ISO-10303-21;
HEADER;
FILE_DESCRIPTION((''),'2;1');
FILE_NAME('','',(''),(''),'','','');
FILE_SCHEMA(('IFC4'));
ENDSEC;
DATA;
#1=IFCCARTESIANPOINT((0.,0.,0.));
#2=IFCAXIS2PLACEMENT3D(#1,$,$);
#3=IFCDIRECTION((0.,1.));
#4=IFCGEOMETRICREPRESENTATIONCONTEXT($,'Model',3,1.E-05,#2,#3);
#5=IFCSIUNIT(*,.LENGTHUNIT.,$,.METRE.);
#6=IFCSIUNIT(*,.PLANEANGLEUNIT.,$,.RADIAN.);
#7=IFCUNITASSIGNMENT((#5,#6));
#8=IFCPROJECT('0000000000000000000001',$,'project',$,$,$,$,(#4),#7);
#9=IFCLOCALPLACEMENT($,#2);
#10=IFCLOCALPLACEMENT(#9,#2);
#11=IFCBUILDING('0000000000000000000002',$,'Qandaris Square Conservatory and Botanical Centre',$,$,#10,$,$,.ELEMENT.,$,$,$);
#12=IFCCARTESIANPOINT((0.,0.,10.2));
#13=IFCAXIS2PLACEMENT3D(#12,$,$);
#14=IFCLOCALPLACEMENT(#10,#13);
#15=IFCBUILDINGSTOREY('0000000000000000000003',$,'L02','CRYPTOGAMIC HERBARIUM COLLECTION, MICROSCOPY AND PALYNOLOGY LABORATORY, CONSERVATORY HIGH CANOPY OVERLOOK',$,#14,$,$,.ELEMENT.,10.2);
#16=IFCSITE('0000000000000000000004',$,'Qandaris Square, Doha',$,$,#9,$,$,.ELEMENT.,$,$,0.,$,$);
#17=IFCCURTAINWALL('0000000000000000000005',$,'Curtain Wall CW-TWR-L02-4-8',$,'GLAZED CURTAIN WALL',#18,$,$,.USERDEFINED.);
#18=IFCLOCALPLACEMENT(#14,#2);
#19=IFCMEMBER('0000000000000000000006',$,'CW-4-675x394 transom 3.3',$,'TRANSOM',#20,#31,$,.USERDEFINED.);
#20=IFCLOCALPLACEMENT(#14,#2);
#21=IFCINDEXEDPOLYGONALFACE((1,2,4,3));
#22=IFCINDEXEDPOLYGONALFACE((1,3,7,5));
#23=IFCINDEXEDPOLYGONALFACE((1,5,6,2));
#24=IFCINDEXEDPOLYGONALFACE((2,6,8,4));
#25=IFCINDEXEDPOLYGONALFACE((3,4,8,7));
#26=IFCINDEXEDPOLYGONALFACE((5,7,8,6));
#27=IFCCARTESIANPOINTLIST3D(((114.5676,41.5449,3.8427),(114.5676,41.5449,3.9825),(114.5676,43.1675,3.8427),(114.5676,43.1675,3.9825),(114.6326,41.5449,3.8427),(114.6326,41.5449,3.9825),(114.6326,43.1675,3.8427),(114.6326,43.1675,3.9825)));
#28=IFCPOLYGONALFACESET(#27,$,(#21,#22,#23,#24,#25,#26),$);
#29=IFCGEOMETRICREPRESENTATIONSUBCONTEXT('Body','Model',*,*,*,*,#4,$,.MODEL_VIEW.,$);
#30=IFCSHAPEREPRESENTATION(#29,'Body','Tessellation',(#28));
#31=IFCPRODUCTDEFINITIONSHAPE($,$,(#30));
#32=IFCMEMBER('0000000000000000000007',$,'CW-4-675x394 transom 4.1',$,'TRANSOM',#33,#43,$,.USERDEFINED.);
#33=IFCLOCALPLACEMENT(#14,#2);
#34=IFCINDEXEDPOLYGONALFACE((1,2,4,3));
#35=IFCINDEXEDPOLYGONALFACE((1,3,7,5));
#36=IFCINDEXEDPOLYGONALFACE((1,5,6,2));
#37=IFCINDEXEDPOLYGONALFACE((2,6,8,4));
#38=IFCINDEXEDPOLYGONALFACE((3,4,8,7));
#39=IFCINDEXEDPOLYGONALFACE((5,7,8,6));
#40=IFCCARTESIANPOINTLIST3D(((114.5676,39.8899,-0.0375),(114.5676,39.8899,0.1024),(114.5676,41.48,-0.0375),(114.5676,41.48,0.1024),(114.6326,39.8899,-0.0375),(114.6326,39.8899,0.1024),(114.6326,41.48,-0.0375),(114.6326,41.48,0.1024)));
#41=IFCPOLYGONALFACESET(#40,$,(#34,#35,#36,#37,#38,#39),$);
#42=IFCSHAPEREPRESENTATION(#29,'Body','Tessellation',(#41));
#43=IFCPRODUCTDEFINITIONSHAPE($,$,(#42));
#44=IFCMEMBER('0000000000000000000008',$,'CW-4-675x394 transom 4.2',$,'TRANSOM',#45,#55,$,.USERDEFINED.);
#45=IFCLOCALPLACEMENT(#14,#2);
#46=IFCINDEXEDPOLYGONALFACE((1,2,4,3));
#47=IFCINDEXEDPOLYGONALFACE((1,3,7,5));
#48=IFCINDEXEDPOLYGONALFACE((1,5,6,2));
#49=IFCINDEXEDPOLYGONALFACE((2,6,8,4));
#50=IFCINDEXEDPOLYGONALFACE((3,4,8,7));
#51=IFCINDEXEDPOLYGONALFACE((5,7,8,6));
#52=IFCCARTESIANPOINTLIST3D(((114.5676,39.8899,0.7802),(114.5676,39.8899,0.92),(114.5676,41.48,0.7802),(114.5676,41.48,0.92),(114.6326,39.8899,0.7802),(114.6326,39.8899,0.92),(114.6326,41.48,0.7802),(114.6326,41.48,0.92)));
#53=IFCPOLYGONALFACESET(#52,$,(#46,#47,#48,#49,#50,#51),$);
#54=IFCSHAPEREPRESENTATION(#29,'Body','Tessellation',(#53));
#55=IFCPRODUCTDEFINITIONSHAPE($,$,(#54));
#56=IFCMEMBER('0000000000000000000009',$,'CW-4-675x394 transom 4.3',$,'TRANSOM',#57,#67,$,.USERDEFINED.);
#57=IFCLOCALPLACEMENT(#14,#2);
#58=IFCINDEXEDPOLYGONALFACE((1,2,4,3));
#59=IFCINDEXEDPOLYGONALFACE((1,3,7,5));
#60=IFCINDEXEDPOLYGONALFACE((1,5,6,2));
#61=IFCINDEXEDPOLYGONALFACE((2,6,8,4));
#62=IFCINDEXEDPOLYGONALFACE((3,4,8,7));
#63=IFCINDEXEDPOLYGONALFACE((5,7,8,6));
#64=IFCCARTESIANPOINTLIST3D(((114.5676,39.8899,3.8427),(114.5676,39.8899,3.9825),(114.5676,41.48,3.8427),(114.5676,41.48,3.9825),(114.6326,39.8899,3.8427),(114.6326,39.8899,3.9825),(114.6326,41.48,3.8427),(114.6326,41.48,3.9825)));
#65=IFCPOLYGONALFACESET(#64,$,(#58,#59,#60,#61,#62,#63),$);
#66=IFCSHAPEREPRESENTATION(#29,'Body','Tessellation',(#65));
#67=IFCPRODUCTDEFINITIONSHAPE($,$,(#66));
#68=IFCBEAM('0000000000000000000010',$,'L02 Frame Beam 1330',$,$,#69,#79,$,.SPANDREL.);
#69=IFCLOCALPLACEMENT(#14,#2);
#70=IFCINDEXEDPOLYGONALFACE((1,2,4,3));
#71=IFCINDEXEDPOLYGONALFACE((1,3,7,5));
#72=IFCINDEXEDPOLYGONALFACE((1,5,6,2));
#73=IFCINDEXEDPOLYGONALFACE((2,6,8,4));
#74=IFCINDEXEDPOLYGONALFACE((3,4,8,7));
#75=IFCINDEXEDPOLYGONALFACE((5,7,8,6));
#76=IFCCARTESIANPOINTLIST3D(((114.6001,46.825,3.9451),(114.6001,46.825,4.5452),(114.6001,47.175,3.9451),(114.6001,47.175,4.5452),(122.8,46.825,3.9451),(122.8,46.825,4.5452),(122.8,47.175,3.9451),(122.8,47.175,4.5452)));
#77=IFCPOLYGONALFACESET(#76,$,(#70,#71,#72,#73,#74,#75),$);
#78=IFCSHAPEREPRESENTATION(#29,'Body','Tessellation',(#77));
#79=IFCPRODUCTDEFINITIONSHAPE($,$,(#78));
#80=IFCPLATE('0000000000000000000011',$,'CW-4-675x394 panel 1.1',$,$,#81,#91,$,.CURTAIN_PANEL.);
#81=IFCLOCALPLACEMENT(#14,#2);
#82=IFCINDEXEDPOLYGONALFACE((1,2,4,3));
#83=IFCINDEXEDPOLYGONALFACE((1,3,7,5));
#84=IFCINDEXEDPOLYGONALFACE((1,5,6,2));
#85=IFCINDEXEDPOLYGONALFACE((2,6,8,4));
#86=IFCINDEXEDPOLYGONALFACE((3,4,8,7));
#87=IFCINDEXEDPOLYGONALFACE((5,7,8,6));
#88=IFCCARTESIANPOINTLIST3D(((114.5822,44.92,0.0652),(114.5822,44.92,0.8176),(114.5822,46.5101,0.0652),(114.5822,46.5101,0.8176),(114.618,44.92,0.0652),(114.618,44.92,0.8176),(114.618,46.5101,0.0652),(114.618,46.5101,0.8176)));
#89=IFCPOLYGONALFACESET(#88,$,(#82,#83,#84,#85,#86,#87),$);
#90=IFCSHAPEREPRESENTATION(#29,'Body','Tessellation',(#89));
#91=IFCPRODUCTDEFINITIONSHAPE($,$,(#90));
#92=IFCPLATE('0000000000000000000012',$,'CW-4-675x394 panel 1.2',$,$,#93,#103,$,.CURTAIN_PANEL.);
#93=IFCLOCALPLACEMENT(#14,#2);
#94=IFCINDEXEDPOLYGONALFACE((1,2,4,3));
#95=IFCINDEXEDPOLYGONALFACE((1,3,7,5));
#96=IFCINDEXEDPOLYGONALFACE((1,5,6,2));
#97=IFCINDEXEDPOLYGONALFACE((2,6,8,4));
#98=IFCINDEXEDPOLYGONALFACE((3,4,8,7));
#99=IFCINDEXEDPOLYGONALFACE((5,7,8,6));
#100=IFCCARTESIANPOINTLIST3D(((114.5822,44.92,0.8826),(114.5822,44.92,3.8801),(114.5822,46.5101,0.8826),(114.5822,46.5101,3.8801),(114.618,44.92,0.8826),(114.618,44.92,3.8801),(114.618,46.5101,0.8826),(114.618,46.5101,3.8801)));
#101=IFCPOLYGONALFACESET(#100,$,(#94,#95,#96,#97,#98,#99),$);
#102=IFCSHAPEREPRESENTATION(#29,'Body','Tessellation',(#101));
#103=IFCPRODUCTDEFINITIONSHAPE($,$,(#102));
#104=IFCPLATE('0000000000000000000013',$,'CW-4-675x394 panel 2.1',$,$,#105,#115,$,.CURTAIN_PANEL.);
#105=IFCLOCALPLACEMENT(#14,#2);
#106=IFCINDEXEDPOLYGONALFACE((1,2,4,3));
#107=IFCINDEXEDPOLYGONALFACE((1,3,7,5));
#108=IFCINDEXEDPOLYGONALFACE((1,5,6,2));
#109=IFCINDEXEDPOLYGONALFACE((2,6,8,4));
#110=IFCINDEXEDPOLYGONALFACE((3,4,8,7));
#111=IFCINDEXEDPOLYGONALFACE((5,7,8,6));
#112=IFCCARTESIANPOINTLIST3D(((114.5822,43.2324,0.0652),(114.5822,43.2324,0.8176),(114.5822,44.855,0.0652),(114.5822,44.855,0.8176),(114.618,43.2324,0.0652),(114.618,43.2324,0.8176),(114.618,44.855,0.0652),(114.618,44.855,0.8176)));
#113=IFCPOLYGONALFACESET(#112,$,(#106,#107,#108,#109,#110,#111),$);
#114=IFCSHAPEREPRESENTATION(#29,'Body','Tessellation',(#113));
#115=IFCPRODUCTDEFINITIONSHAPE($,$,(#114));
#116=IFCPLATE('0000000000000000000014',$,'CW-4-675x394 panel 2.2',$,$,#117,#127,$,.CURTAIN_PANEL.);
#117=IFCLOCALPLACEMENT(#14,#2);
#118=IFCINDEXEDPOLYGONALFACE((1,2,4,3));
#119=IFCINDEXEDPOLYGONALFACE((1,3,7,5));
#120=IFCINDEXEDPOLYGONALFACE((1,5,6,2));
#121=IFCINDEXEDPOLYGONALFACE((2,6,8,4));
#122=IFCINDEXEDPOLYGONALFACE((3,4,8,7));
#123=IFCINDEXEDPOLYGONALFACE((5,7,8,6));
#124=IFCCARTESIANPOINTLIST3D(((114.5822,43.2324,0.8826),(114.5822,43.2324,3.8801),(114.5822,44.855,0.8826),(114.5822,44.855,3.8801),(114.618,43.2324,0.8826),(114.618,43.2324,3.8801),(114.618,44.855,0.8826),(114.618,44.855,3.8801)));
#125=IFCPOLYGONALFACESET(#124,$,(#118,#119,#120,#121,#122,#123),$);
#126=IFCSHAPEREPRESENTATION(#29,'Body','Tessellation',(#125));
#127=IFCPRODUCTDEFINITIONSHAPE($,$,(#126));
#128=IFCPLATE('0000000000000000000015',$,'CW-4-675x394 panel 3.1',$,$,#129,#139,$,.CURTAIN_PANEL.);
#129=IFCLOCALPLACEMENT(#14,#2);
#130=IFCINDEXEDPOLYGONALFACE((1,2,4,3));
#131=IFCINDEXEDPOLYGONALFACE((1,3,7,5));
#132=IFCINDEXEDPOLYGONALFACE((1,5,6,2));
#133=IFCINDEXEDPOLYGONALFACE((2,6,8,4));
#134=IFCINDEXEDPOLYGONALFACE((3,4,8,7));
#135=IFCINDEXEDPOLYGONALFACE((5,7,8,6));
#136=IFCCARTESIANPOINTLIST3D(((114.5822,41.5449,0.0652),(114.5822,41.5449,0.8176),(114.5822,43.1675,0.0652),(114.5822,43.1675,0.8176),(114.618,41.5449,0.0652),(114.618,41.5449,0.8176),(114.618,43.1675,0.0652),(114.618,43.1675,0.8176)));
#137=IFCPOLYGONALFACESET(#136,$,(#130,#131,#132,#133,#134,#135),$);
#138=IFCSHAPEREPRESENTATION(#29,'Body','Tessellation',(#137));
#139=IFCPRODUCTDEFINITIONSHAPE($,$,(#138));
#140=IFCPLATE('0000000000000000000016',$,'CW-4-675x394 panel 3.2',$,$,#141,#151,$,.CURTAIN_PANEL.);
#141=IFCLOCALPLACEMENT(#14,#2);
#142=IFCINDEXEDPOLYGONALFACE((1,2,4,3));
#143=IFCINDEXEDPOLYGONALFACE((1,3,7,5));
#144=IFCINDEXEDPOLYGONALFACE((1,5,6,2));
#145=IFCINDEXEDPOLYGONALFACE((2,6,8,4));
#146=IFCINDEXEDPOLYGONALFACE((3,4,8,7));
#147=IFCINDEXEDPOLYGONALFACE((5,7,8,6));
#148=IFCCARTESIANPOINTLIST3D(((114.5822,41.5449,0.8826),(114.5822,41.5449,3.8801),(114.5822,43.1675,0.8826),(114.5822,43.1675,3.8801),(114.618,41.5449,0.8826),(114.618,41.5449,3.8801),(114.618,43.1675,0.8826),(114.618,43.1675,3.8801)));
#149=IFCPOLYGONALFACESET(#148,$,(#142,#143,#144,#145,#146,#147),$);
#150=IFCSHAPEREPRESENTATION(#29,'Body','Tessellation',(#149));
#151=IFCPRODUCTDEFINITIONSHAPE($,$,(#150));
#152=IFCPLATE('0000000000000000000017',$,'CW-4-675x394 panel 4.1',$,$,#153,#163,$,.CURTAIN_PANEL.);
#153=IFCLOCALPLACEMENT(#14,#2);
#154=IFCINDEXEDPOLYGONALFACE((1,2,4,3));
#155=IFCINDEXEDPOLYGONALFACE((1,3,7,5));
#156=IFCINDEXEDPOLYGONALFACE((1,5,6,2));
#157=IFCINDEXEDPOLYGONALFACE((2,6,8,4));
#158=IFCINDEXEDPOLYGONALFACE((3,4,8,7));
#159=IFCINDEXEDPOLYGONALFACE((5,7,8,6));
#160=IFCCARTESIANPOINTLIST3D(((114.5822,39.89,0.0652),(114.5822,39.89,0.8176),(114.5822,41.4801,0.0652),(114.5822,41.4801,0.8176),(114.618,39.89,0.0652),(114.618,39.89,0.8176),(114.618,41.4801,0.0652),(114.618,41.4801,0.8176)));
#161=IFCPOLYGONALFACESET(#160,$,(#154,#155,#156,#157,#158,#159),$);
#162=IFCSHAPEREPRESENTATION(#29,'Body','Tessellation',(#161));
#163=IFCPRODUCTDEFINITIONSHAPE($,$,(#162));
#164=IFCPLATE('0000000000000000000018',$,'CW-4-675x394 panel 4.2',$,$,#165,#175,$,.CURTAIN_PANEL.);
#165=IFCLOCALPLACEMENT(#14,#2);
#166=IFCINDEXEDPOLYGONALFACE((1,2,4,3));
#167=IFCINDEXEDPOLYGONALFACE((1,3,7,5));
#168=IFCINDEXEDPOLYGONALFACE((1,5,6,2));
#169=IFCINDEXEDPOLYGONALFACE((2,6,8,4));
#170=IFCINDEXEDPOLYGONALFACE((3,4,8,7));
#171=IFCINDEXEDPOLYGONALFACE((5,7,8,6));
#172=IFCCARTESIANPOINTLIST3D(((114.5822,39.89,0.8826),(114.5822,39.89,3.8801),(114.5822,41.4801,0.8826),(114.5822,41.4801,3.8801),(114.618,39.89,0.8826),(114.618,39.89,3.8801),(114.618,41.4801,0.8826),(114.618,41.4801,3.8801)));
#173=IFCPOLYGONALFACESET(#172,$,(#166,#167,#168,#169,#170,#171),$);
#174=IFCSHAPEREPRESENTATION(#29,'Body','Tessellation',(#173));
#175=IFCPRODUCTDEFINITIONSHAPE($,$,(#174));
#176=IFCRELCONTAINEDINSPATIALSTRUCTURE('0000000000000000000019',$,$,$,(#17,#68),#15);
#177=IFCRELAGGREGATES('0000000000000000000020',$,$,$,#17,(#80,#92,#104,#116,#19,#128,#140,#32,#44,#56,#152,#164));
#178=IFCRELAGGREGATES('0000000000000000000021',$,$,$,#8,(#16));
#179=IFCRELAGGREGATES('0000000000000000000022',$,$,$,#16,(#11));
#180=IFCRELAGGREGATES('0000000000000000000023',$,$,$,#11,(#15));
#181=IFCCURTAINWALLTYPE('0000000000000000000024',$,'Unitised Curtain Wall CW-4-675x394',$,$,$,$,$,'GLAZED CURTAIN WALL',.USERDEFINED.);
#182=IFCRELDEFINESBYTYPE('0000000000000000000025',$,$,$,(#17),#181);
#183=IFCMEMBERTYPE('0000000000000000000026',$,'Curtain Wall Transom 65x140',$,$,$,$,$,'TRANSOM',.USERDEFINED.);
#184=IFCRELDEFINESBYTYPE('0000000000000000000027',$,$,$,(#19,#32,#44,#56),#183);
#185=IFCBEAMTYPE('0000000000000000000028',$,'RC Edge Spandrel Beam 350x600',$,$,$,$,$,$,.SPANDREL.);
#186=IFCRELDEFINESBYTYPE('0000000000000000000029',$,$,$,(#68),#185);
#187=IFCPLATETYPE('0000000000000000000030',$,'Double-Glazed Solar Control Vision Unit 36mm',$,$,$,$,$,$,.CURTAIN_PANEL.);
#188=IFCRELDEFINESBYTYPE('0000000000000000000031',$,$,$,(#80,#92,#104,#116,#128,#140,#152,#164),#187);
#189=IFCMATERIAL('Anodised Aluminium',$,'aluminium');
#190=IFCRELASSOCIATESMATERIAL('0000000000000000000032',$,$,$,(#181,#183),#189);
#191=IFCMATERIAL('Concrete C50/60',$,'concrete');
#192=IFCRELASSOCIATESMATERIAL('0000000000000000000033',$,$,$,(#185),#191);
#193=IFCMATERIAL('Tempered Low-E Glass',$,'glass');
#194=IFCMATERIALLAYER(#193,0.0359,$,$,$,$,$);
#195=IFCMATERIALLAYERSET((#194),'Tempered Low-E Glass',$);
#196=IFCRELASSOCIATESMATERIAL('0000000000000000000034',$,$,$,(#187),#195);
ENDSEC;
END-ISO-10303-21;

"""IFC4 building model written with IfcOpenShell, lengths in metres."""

from ifc_helpers import new_model, si_unit, direction, frame, origin, origin_2d, place, context, subcontext, project, spatial, rectangle, extrude, material, layer, layer_set, material_profile, profile_set, type_object, element, aggregate, save


model = new_model("IFC4")

# Units and contexts
model_context = context("Model", 3, precision=1e-05, world=origin(), true_north=direction((0.0, 1.0)))
body_context = subcontext(model_context, "Body", "Model", "MODEL_VIEW")
ifc_project = project(units=[si_unit("LENGTHUNIT", "METRE"), si_unit("PLANEANGLEUNIT", "RADIAN")], contexts=[model_context])

# Site, building, storey
site_placement = place(None, origin())
site = spatial("IfcSite", under=ifc_project, at=site_placement, Name="Qandaris Square, Doha", CompositionType="ELEMENT", RefElevation=0.0)
building_placement = place(site_placement, origin())
building = spatial("IfcBuilding", under=site, at=building_placement, Name="Qandaris Square Conservatory and Botanical Centre", CompositionType="ELEMENT")
storey_placement = place(building_placement, frame((0.0, 0.0, 10.2)))
storey = spatial("IfcBuildingStorey", under=building, at=storey_placement, Name="L02", Description="CRYPTOGAMIC HERBARIUM COLLECTION, MICROSCOPY AND PALYNOLOGY LABORATORY, CONSERVATORY HIGH CANOPY OVERLOOK", CompositionType="ELEMENT", Elevation=10.2)

# Shared definitions
ifc_material_1 = material(Name="Concrete C50/60", Category="concrete")

# Curtain wall, members
ifc_material_2 = material(Name="Anodised Aluminium", Category="aluminium")
curtain_wall_type = type_object("IfcCurtainWallType", Name="Unitised Curtain Wall CW-4-675x394", ElementType="GLAZED CURTAIN WALL", PredefinedType="USERDEFINED", material=ifc_material_2)
curtain_wall_placement = place(storey_placement, origin())
curtain_wall = element("IfcCurtainWall", 1, at=curtain_wall_placement, inside=storey, type_object=curtain_wall_type, Name="Curtain Wall CW-TWR-L02-4-8", ObjectType="GLAZED CURTAIN WALL", PredefinedType="USERDEFINED")
ifc_material_profile_1 = material_profile(ifc_material_2, rectangle(XDim=0.0649, YDim=0.1399, at=origin_2d()), Name="ALU-TRN 65x140")
ifc_profile_set_1 = profile_set([ifc_material_profile_1], Name="Anodised Aluminium")
member_type_1 = type_object("IfcMemberType", Name="Curtain Wall Transom 65x140", ElementType="TRANSOM", PredefinedType="USERDEFINED", material=ifc_profile_set_1)
member_1_placement = place(storey_placement, frame((114.6001, 43.1675, 3.9126), z_axis=(0.0, -1.0, 0.0), x_axis=(1.0, 0.0, 0.0)))
member_1 = element("IfcMember", 2, at=member_1_placement, type_object=member_type_1, Name="CW-4-675x394 transom 3.3", ObjectType="TRANSOM", PredefinedType="USERDEFINED", context=body_context, shape_type="SweptSolid", body=[
    extrude(rectangle(XDim=0.0649, YDim=0.1399, at=origin_2d()), origin(), (0.0, 0.0, 1.0), 1.6226),
])
member_2_placement = place(storey_placement, frame((114.6001, 41.48, 0.0325), z_axis=(0.0, -1.0, 0.0), x_axis=(1.0, 0.0, 0.0)))
member_2 = element("IfcMember", 3, at=member_2_placement, type_object=member_type_1, Name="CW-4-675x394 transom 4.1", ObjectType="TRANSOM", PredefinedType="USERDEFINED", context=body_context, shape_type="SweptSolid", body=[
    extrude(rectangle(XDim=0.0649, YDim=0.1399, at=origin_2d()), origin(), (0.0, 0.0, 1.0), 1.5901),
])
member_3_placement = place(storey_placement, frame((114.6001, 41.48, 0.8501), z_axis=(0.0, -1.0, 0.0), x_axis=(1.0, 0.0, 0.0)))
member_3 = element("IfcMember", 4, at=member_3_placement, type_object=member_type_1, Name="CW-4-675x394 transom 4.2", ObjectType="TRANSOM", PredefinedType="USERDEFINED", context=body_context, shape_type="SweptSolid", body=[
    extrude(rectangle(XDim=0.0649, YDim=0.1399, at=origin_2d()), origin(), (0.0, 0.0, 1.0), 1.5901),
])
member_4_placement = place(storey_placement, frame((114.6001, 41.48, 3.9126), z_axis=(0.0, -1.0, 0.0), x_axis=(1.0, 0.0, 0.0)))
member_4 = element("IfcMember", 5, at=member_4_placement, type_object=member_type_1, Name="CW-4-675x394 transom 4.3", ObjectType="TRANSOM", PredefinedType="USERDEFINED", context=body_context, shape_type="SweptSolid", body=[
    extrude(rectangle(XDim=0.0649, YDim=0.1399, at=origin_2d()), origin(), (0.0, 0.0, 1.0), 1.5901),
])

# Beam
ifc_material_profile_2 = material_profile(ifc_material_1, rectangle(XDim=0.3501, YDim=0.6001, at=origin_2d()), Name="RC-SP 350x600")
ifc_profile_set_2 = profile_set([ifc_material_profile_2], Name="Concrete C50/60")
beam_type = type_object("IfcBeamType", Name="RC Edge Spandrel Beam 350x600", PredefinedType="SPANDREL", material=ifc_profile_set_2)
beam_placement = place(storey_placement, frame((114.6001, 47.0, 4.2451), z_axis=(1.0, 0.0, 0.0), x_axis=(0.0, 1.0, 0.0)))
element("IfcBeam", 6, at=beam_placement, inside=storey, type_object=beam_type, Name="L02 Frame Beam 1330", PredefinedType="SPANDREL", context=body_context, shape_type="SweptSolid", body=[
    extrude(rectangle(XDim=0.3501, YDim=0.6001, at=origin_2d()), origin(), (0.0, 0.0, 1.0), 8.2),
])

# Plates
ifc_material_3 = material(Name="Tempered Low-E Glass", Category="glass")
ifc_layer = layer(ifc_material_3, 0.0359)
ifc_layer_set = layer_set([ifc_layer], Name="Tempered Low-E Glass")
plate_type = type_object("IfcPlateType", Name="Double-Glazed Solar Control Vision Unit 36mm", PredefinedType="CURTAIN_PANEL", material=ifc_layer_set)
plate_1_placement = place(storey_placement, frame((114.6001, 45.7151, 0.0652), z_axis=(0.0, 0.0, 1.0), x_axis=(0.0, -1.0, 0.0)))
plate_1 = element("IfcPlate", 7, at=plate_1_placement, type_object=plate_type, Name="CW-4-675x394 panel 1.1", PredefinedType="CURTAIN_PANEL", context=body_context, shape_type="SweptSolid", body=[
    extrude(rectangle(XDim=1.5901, YDim=0.0359, at=origin_2d()), origin(), (0.0, 0.0, 1.0), 0.7524),
])
plate_2_placement = place(storey_placement, frame((114.6001, 45.7151, 0.8826), z_axis=(0.0, 0.0, 1.0), x_axis=(0.0, -1.0, 0.0)))
plate_2 = element("IfcPlate", 8, at=plate_2_placement, type_object=plate_type, Name="CW-4-675x394 panel 1.2", PredefinedType="CURTAIN_PANEL", context=body_context, shape_type="SweptSolid", body=[
    extrude(rectangle(XDim=1.5901, YDim=0.0359, at=origin_2d()), origin(), (0.0, 0.0, 1.0), 2.9976),
])
plate_3_placement = place(storey_placement, frame((114.6001, 44.0437, 0.0652), z_axis=(0.0, 0.0, 1.0), x_axis=(0.0, -1.0, 0.0)))
plate_3 = element("IfcPlate", 9, at=plate_3_placement, type_object=plate_type, Name="CW-4-675x394 panel 2.1", PredefinedType="CURTAIN_PANEL", context=body_context, shape_type="SweptSolid", body=[
    extrude(rectangle(XDim=1.6226, YDim=0.0359, at=origin_2d()), origin(), (0.0, 0.0, 1.0), 0.7524),
])
plate_4_placement = place(storey_placement, frame((114.6001, 44.0437, 0.8826), z_axis=(0.0, 0.0, 1.0), x_axis=(0.0, -1.0, 0.0)))
plate_4 = element("IfcPlate", 10, at=plate_4_placement, type_object=plate_type, Name="CW-4-675x394 panel 2.2", PredefinedType="CURTAIN_PANEL", context=body_context, shape_type="SweptSolid", body=[
    extrude(rectangle(XDim=1.6226, YDim=0.0359, at=origin_2d()), origin(), (0.0, 0.0, 1.0), 2.9976),
])
plate_5_placement = place(storey_placement, frame((114.6001, 42.3562, 0.0652), z_axis=(0.0, 0.0, 1.0), x_axis=(0.0, -1.0, 0.0)))
plate_5 = element("IfcPlate", 11, at=plate_5_placement, type_object=plate_type, Name="CW-4-675x394 panel 3.1", PredefinedType="CURTAIN_PANEL", context=body_context, shape_type="SweptSolid", body=[
    extrude(rectangle(XDim=1.6226, YDim=0.0359, at=origin_2d()), origin(), (0.0, 0.0, 1.0), 0.7524),
])
plate_6_placement = place(storey_placement, frame((114.6001, 42.3562, 0.8826), z_axis=(0.0, 0.0, 1.0), x_axis=(0.0, -1.0, 0.0)))
plate_6 = element("IfcPlate", 12, at=plate_6_placement, type_object=plate_type, Name="CW-4-675x394 panel 3.2", PredefinedType="CURTAIN_PANEL", context=body_context, shape_type="SweptSolid", body=[
    extrude(rectangle(XDim=1.6226, YDim=0.0359, at=origin_2d()), origin(), (0.0, 0.0, 1.0), 2.9976),
])
plate_7_placement = place(storey_placement, frame((114.6001, 40.6851, 0.0652), z_axis=(0.0, 0.0, 1.0), x_axis=(0.0, -1.0, 0.0)))
plate_7 = element("IfcPlate", 13, at=plate_7_placement, type_object=plate_type, Name="CW-4-675x394 panel 4.1", PredefinedType="CURTAIN_PANEL", context=body_context, shape_type="SweptSolid", body=[
    extrude(rectangle(XDim=1.5901, YDim=0.0359, at=origin_2d()), origin(), (0.0, 0.0, 1.0), 0.7524),
])
plate_8_placement = place(storey_placement, frame((114.6001, 40.6851, 0.8826), z_axis=(0.0, 0.0, 1.0), x_axis=(0.0, -1.0, 0.0)))
plate_8 = element("IfcPlate", 14, at=plate_8_placement, type_object=plate_type, Name="CW-4-675x394 panel 4.2", PredefinedType="CURTAIN_PANEL", context=body_context, shape_type="SweptSolid", body=[
    extrude(rectangle(XDim=1.5901, YDim=0.0359, at=origin_2d()), origin(), (0.0, 0.0, 1.0), 2.9976),
])
aggregate(curtain_wall, [plate_1, plate_2, plate_3, plate_4, member_1, plate_5, plate_6, member_2, member_3, member_4, plate_7, plate_8])

save(model, "model.ifc")
